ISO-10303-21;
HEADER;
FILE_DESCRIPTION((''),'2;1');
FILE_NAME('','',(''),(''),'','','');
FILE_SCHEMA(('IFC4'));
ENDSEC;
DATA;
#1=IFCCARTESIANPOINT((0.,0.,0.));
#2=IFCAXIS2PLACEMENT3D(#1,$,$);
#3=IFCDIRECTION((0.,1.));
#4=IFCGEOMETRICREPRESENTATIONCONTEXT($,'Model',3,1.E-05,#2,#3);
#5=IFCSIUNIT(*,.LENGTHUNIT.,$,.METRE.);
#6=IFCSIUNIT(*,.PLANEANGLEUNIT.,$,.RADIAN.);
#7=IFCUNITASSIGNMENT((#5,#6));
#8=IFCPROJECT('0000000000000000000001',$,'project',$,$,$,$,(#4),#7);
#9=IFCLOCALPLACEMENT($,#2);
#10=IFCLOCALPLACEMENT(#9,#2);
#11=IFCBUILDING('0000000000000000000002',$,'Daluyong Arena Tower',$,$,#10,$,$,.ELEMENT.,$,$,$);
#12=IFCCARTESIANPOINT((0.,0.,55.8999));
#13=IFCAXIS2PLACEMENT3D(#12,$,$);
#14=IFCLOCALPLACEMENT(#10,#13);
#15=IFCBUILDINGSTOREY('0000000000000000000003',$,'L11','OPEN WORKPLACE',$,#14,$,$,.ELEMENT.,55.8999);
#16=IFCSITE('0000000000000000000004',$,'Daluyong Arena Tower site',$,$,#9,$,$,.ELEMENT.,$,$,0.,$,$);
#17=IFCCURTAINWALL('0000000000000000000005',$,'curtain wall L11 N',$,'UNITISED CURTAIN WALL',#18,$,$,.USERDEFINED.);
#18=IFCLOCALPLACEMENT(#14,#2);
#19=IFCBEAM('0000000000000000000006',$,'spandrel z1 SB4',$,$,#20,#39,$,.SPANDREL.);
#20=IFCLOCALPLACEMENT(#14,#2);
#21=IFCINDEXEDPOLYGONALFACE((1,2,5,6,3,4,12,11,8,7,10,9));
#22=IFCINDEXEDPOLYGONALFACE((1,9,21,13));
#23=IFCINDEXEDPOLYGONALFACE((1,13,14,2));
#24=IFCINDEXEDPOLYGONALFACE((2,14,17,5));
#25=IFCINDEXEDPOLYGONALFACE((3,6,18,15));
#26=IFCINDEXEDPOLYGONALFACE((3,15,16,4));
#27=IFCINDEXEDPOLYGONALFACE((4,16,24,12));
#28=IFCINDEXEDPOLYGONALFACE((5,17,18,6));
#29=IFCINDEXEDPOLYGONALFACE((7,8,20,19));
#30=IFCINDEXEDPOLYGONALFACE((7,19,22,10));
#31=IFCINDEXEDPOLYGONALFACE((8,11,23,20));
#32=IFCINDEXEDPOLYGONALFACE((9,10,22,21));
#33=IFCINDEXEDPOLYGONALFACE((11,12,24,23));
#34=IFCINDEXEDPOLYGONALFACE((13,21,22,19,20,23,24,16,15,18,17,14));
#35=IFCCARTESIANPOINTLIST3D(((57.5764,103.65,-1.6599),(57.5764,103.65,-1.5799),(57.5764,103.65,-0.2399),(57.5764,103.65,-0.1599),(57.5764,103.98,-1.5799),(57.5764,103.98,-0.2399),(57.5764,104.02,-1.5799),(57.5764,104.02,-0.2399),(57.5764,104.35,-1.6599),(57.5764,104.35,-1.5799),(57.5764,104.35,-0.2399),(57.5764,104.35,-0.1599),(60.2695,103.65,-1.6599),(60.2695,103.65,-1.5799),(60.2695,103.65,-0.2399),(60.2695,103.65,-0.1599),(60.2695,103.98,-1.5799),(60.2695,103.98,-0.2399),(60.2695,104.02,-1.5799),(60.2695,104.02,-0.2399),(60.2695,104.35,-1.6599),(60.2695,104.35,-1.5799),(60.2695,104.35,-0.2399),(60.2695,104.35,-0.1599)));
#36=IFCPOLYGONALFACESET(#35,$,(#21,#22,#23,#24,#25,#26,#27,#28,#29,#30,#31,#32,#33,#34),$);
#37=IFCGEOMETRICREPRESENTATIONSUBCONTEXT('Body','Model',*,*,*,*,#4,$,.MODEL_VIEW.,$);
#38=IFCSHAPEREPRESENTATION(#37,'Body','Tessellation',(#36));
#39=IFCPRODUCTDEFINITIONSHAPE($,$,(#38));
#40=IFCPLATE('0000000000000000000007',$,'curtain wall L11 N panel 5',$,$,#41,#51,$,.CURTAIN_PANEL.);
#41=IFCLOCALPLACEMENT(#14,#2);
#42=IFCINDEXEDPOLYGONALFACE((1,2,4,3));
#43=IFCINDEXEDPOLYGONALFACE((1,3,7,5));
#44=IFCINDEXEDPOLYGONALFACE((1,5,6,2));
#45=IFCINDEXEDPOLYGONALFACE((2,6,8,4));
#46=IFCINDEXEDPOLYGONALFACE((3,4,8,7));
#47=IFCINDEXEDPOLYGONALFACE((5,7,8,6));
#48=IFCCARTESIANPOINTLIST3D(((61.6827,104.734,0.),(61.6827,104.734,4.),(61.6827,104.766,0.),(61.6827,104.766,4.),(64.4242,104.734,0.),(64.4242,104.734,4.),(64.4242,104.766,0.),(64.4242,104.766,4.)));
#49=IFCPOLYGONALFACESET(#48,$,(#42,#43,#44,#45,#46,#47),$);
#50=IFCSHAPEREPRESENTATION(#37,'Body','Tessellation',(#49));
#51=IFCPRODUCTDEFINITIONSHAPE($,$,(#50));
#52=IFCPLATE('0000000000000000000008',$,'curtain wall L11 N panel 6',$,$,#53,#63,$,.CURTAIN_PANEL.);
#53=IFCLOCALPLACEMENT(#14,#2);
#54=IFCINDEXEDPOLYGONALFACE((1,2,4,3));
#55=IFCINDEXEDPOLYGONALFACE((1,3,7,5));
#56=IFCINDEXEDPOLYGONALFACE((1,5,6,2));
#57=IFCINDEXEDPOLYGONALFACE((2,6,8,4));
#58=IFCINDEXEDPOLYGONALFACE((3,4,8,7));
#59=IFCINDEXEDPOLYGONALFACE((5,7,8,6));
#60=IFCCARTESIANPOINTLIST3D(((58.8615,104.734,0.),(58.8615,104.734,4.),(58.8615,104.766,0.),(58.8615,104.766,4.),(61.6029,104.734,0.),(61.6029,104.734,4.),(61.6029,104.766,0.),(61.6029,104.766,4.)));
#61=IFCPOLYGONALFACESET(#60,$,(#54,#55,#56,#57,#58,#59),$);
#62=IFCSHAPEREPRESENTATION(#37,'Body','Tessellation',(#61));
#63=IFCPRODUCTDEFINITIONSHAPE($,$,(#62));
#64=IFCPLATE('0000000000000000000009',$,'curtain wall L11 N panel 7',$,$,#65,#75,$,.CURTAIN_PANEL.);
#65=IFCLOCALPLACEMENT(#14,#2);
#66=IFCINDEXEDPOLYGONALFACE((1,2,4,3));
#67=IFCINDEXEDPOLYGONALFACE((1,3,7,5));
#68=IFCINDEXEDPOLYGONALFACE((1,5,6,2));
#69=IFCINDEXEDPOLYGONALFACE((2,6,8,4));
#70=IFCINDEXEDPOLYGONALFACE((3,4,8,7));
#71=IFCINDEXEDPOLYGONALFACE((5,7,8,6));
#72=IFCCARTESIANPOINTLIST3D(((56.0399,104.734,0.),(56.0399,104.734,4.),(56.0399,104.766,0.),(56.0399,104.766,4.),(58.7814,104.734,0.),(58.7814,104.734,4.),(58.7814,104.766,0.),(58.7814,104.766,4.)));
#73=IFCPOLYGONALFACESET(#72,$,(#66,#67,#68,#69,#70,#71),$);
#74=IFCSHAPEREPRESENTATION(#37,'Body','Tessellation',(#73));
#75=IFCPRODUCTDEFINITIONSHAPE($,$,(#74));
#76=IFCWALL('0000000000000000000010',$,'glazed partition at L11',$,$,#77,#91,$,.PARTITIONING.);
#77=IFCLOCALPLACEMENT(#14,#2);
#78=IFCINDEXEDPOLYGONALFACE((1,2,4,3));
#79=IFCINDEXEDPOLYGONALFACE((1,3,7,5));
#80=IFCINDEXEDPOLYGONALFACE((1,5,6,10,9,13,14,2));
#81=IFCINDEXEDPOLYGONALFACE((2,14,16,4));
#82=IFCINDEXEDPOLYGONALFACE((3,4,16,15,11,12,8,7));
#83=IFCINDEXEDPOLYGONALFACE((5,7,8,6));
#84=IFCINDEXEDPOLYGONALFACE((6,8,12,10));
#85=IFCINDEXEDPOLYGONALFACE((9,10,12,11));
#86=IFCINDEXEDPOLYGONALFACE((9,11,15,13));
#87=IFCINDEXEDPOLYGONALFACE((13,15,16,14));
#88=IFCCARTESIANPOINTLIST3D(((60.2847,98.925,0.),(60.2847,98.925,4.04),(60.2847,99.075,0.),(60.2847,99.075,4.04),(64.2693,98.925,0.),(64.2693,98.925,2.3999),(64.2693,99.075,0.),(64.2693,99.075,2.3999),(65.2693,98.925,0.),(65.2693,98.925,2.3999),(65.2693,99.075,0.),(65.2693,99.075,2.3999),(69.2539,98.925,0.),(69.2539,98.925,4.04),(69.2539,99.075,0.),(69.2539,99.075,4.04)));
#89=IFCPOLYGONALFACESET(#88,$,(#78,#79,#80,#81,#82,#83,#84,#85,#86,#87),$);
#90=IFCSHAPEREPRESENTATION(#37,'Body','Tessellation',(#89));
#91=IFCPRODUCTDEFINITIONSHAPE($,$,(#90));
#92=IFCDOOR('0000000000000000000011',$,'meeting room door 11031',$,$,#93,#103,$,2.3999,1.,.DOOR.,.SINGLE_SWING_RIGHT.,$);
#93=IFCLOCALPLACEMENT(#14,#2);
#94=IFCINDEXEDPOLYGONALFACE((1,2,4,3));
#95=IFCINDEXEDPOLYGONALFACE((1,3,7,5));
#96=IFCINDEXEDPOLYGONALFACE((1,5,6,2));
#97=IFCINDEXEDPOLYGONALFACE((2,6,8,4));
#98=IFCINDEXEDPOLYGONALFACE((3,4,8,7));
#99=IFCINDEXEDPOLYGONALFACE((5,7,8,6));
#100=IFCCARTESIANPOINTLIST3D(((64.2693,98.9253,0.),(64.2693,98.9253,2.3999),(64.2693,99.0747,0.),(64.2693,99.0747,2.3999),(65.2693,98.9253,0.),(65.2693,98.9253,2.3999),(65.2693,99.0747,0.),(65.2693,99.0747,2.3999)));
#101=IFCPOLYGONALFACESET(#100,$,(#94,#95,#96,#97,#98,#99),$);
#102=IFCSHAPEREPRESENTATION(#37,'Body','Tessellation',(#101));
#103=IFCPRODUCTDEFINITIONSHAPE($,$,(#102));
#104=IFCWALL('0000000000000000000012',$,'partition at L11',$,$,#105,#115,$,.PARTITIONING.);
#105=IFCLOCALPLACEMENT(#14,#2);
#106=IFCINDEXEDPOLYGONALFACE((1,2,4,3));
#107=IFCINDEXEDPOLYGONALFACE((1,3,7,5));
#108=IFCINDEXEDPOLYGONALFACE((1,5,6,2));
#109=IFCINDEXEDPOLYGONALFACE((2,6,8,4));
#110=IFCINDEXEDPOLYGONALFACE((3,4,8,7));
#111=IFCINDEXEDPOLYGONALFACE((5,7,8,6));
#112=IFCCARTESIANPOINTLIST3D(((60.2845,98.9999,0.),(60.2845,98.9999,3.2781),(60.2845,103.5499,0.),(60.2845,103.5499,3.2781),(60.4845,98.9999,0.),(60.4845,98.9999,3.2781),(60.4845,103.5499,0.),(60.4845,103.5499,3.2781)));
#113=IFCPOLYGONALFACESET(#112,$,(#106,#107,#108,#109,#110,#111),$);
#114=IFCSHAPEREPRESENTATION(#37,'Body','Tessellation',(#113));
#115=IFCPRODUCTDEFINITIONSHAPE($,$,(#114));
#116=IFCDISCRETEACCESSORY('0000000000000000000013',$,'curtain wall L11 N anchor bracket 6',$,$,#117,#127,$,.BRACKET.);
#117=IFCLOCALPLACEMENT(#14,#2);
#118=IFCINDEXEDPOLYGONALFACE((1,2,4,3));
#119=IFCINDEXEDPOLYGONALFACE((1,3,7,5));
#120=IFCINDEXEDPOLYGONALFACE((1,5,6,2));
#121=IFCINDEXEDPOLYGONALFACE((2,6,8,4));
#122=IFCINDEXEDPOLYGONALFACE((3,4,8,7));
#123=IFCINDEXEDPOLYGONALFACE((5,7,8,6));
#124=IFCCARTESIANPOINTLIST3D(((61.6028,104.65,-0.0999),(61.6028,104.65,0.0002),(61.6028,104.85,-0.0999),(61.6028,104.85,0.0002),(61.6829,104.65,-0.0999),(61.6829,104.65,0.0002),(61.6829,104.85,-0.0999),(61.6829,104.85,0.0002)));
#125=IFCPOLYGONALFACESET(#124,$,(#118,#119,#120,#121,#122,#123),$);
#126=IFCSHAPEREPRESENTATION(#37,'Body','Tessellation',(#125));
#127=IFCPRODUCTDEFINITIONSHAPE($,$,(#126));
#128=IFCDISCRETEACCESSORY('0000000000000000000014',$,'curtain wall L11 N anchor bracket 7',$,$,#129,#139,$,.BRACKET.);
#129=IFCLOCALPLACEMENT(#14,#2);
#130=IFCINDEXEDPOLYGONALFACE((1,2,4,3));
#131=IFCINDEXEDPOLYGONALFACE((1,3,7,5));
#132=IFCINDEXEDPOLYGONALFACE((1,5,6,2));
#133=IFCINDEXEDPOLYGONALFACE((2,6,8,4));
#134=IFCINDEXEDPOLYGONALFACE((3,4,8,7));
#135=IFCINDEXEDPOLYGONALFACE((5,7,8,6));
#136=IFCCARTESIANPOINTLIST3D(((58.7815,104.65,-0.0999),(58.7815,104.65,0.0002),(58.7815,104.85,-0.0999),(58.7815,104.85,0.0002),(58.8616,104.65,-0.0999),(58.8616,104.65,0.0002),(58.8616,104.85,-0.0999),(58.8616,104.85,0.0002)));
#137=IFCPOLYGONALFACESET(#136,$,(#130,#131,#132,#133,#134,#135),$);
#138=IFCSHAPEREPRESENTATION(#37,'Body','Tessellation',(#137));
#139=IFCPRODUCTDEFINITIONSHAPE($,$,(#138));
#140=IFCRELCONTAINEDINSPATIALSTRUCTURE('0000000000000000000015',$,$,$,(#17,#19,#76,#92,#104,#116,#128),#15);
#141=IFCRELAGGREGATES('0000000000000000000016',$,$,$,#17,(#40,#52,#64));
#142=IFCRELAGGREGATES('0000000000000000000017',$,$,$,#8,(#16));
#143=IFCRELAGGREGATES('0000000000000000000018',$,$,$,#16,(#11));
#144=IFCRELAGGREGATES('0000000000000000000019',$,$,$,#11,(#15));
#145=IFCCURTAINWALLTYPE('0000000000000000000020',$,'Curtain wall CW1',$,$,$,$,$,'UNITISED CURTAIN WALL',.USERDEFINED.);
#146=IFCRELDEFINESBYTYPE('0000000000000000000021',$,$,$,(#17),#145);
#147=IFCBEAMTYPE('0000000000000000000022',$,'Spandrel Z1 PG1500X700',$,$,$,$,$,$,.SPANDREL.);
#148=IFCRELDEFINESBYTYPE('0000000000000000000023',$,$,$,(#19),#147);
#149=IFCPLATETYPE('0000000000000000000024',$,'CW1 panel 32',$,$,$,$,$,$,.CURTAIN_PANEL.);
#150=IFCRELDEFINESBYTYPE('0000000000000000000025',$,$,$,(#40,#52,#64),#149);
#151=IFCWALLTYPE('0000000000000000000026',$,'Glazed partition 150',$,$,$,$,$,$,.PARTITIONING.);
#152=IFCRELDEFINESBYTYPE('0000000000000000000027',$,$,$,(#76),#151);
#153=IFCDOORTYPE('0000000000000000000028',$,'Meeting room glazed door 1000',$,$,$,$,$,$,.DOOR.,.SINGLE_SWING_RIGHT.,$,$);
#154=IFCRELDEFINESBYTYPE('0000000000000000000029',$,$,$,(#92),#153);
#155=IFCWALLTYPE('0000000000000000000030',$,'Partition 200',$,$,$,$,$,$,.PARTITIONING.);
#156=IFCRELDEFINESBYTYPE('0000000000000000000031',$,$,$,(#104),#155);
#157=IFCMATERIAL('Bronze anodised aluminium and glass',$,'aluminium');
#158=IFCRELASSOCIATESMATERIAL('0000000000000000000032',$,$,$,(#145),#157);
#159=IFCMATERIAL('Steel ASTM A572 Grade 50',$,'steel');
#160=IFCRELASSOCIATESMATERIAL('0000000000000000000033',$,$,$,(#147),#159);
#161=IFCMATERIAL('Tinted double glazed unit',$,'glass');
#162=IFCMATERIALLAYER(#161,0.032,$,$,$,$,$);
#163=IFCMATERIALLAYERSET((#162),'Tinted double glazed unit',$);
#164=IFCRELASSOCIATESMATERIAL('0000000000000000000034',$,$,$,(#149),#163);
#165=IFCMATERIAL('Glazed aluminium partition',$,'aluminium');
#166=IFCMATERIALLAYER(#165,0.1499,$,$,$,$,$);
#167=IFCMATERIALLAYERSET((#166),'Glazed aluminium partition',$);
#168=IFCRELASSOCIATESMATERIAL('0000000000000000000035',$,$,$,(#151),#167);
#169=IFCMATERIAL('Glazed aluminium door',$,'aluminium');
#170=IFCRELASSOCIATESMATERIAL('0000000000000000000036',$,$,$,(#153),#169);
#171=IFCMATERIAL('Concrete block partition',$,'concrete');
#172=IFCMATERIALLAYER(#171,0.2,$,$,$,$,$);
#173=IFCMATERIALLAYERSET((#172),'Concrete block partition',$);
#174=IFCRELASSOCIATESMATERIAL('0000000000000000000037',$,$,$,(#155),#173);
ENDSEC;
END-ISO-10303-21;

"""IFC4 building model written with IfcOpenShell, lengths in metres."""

from ifc_helpers import new_model, si_unit, direction, frame, frame_2d, origin, origin_2d, place, context, subcontext, project, spatial, rectangle, i_section, extrude, material, layer, layer_set, material_profile, profile_set, type_object, element, fill, aggregate, save


model = new_model("IFC4")

# Units and contexts
model_context = context("Model", 3, precision=1e-05, world=origin(), true_north=direction((0.0, 1.0)))
body_context = subcontext(model_context, "Body", "Model", "MODEL_VIEW")
ifc_project = project(units=[si_unit("LENGTHUNIT", "METRE"), si_unit("PLANEANGLEUNIT", "RADIAN")], contexts=[model_context])

# Site, building, storey
site_placement = place(None, origin())
site = spatial("IfcSite", under=ifc_project, at=site_placement, Name="Daluyong Arena Tower site", CompositionType="ELEMENT", RefElevation=0.0)
building_placement = place(site_placement, origin())
building = spatial("IfcBuilding", under=site, at=building_placement, Name="Daluyong Arena Tower", CompositionType="ELEMENT")
storey_placement = place(building_placement, frame((0.0, 0.0, 55.8999)))
storey = spatial("IfcBuildingStorey", under=building, at=storey_placement, Name="L11", Description="OPEN WORKPLACE", CompositionType="ELEMENT", Elevation=55.8999)

# Curtain wall
ifc_material_1 = material(Name="Bronze anodised aluminium and glass", Category="aluminium")
curtain_wall_type = type_object("IfcCurtainWallType", Name="Curtain wall CW1", ElementType="UNITISED CURTAIN WALL", PredefinedType="USERDEFINED", material=ifc_material_1)
curtain_wall_placement = place(storey_placement, origin())
curtain_wall = element("IfcCurtainWall", 1, at=curtain_wall_placement, inside=storey, type_object=curtain_wall_type, Name="curtain wall L11 N", ObjectType="UNITISED CURTAIN WALL", PredefinedType="USERDEFINED")

# Beam
ifc_material_2 = material(Name="Steel ASTM A572 Grade 50", Category="steel")
ifc_material_profile_1 = material_profile(ifc_material_2, i_section(OverallWidth=0.7, OverallDepth=1.5, WebThickness=0.04, FlangeThickness=0.08, at=origin_2d()))
ifc_profile_set_1 = profile_set([ifc_material_profile_1], Name="Steel ASTM A572 Grade 50")
beam_type_1 = type_object("IfcBeamType", Name="Spandrel Z1 PG1500X700", PredefinedType="SPANDREL", material=ifc_profile_set_1)
for number, where, z_axis, x_axis, name in (
    (2, (60.2695, 104.0, -0.9099), (-1.0, 0.0, 0.0), (0.0, -1.0, 0.0), "spandrel z1 SB4"),
):
    element("IfcBeam", number, at=place(storey_placement, frame(where, z_axis=z_axis, x_axis=x_axis)), inside=storey, type_object=beam_type_1, Name=name, PredefinedType="SPANDREL", context=body_context, shape_type="SweptSolid", body=[
        extrude(i_section(OverallWidth=0.7, OverallDepth=1.5, WebThickness=0.04, FlangeThickness=0.08, at=origin_2d()), origin(), (0.0, 0.0, 1.0), 2.6931),
    ])

# Plates
ifc_material_3 = material(Name="Tinted double glazed unit", Category="glass")
ifc_layer_1 = layer(ifc_material_3, 0.032)
ifc_layer_set_1 = layer_set([ifc_layer_1], Name="Tinted double glazed unit")
plate_type = type_object("IfcPlateType", Name="CW1 panel 32", PredefinedType="CURTAIN_PANEL", material=ifc_layer_set_1)
plate_1_placement = place(storey_placement, frame((63.0535, 104.75, 0.0), z_axis=(0.0, 0.0, 1.0), x_axis=(-1.0, 0.0, 0.0)))
plate_1 = element("IfcPlate", 3, at=plate_1_placement, type_object=plate_type, Name="curtain wall L11 N panel 5", PredefinedType="CURTAIN_PANEL", context=body_context, shape_type="SweptSolid", body=[
    extrude(rectangle(XDim=2.7415, YDim=0.032, at=origin_2d()), origin(), (0.0, 0.0, 1.0), 4.0),
])
plate_2_placement = place(storey_placement, frame((60.2322, 104.75, 0.0), z_axis=(0.0, 0.0, 1.0), x_axis=(-1.0, 0.0, 0.0)))
plate_2 = element("IfcPlate", 4, at=plate_2_placement, type_object=plate_type, Name="curtain wall L11 N panel 6", PredefinedType="CURTAIN_PANEL", context=body_context, shape_type="SweptSolid", body=[
    extrude(rectangle(XDim=2.7415, YDim=0.032, at=origin_2d()), origin(), (0.0, 0.0, 1.0), 4.0),
])
plate_3_placement = place(storey_placement, frame((57.4106, 104.75, 0.0), z_axis=(0.0, 0.0, 1.0), x_axis=(-1.0, 0.0, 0.0)))
plate_3 = element("IfcPlate", 5, at=plate_3_placement, type_object=plate_type, Name="curtain wall L11 N panel 7", PredefinedType="CURTAIN_PANEL", context=body_context, shape_type="SweptSolid", body=[
    extrude(rectangle(XDim=2.7415, YDim=0.032, at=origin_2d()), origin(), (0.0, 0.0, 1.0), 4.0),
])
aggregate(curtain_wall, [plate_1, plate_2, plate_3])

# Wall, opening, door
ifc_material_4 = material(Name="Glazed aluminium partition", Category="aluminium")
ifc_layer_2 = layer(ifc_material_4, 0.1499)
ifc_layer_set_2 = layer_set([ifc_layer_2], Name="Glazed aluminium partition")
wall_type_1 = type_object("IfcWallType", Name="Glazed partition 150", PredefinedType="PARTITIONING", material=ifc_layer_set_2)
wall_1_placement = place(storey_placement, frame((60.2847, 99.0, 0.0), z_axis=(0.0, 0.0, 1.0), x_axis=(1.0, 0.0, 0.0)))
wall_1 = element("IfcWall", 6, at=wall_1_placement, inside=storey, type_object=wall_type_1, Name="glazed partition at L11", PredefinedType="PARTITIONING", context=body_context, shape_type="SweptSolid", body=[
    extrude(rectangle(XDim=8.9692, YDim=0.1499, at=frame_2d((4.4846, 0.0))), origin(), (0.0, 0.0, 1.0), 4.04),
])
opening_placement = place(wall_1_placement, frame((3.9846, 0.0, 0.0)))
opening = element("IfcOpeningElement", 7, at=opening_placement, cuts=wall_1, PredefinedType="OPENING", context=body_context, shape_type="SweptSolid", body=[
    extrude(rectangle(XDim=1.0, YDim=2.3999, at=frame_2d((0.5, 1.2))), frame((0.0, 0.085, 0.0), z_axis=(0.0, -1.0, 0.0), x_axis=(1.0, 0.0, 0.0)), (0.0, 0.0, 1.0), 0.1699),
])
ifc_material_5 = material(Name="Glazed aluminium door", Category="aluminium")
door_type = type_object("IfcDoorType", Name="Meeting room glazed door 1000", OperationType="SINGLE_SWING_RIGHT", PredefinedType="DOOR", material=ifc_material_5)
door_placement = place(opening_placement, origin())
door = element("IfcDoor", 8, at=door_placement, inside=storey, type_object=door_type, Name="meeting room door 11031", OperationType="SINGLE_SWING_RIGHT", OverallHeight=2.3999, OverallWidth=1.0, PredefinedType="DOOR", context=body_context, shape_type="SweptSolid", body=[
    extrude(rectangle(XDim=1.0, YDim=2.3999, at=frame_2d((0.5, 1.2))), frame((0.0, 0.0747, 0.0), z_axis=(0.0, -1.0, 0.0), x_axis=(1.0, 0.0, 0.0)), (0.0, 0.0, 1.0), 0.1494),
])
fill(opening, door)

# Wall
ifc_material_6 = material(Name="Concrete block partition", Category="concrete")
ifc_layer_3 = layer(ifc_material_6, 0.2)
ifc_layer_set_3 = layer_set([ifc_layer_3], Name="Concrete block partition")
wall_type_2 = type_object("IfcWallType", Name="Partition 200", PredefinedType="PARTITIONING", material=ifc_layer_set_3)
wall_2_placement = place(storey_placement, frame((60.3845, 99.0, 0.0), z_axis=(0.0, 0.0, 1.0), x_axis=(0.0, 1.0, 0.0)))
element("IfcWall", 9, at=wall_2_placement, inside=storey, type_object=wall_type_2, Name="partition at L11", PredefinedType="PARTITIONING", context=body_context, shape_type="SweptSolid", body=[
    extrude(rectangle(XDim=4.55, YDim=0.2, at=frame_2d((2.2749, 0.0))), origin(), (0.0, 0.0, 1.0), 3.2781),
])

# Discrete accessories
for number, where, z_axis, x_axis, name in (
    (10, (61.6428, 104.75, -0.0999), (0.0, 0.0, 1.0), (-1.0, 0.0, 0.0), "curtain wall L11 N anchor bracket 6"),
    (11, (58.8215, 104.75, -0.0999), (0.0, 0.0, 1.0), (-1.0, 0.0, 0.0), "curtain wall L11 N anchor bracket 7"),
):
    element("IfcDiscreteAccessory", number, at=place(storey_placement, frame(where, z_axis=z_axis, x_axis=x_axis)), inside=storey, Name=name, PredefinedType="BRACKET", context=body_context, shape_type="SweptSolid", body=[
        extrude(rectangle(XDim=0.0801, YDim=0.2, at=origin_2d()), origin(), (0.0, 0.0, 1.0), 0.1001),
    ])

save(model, "model.ifc")
